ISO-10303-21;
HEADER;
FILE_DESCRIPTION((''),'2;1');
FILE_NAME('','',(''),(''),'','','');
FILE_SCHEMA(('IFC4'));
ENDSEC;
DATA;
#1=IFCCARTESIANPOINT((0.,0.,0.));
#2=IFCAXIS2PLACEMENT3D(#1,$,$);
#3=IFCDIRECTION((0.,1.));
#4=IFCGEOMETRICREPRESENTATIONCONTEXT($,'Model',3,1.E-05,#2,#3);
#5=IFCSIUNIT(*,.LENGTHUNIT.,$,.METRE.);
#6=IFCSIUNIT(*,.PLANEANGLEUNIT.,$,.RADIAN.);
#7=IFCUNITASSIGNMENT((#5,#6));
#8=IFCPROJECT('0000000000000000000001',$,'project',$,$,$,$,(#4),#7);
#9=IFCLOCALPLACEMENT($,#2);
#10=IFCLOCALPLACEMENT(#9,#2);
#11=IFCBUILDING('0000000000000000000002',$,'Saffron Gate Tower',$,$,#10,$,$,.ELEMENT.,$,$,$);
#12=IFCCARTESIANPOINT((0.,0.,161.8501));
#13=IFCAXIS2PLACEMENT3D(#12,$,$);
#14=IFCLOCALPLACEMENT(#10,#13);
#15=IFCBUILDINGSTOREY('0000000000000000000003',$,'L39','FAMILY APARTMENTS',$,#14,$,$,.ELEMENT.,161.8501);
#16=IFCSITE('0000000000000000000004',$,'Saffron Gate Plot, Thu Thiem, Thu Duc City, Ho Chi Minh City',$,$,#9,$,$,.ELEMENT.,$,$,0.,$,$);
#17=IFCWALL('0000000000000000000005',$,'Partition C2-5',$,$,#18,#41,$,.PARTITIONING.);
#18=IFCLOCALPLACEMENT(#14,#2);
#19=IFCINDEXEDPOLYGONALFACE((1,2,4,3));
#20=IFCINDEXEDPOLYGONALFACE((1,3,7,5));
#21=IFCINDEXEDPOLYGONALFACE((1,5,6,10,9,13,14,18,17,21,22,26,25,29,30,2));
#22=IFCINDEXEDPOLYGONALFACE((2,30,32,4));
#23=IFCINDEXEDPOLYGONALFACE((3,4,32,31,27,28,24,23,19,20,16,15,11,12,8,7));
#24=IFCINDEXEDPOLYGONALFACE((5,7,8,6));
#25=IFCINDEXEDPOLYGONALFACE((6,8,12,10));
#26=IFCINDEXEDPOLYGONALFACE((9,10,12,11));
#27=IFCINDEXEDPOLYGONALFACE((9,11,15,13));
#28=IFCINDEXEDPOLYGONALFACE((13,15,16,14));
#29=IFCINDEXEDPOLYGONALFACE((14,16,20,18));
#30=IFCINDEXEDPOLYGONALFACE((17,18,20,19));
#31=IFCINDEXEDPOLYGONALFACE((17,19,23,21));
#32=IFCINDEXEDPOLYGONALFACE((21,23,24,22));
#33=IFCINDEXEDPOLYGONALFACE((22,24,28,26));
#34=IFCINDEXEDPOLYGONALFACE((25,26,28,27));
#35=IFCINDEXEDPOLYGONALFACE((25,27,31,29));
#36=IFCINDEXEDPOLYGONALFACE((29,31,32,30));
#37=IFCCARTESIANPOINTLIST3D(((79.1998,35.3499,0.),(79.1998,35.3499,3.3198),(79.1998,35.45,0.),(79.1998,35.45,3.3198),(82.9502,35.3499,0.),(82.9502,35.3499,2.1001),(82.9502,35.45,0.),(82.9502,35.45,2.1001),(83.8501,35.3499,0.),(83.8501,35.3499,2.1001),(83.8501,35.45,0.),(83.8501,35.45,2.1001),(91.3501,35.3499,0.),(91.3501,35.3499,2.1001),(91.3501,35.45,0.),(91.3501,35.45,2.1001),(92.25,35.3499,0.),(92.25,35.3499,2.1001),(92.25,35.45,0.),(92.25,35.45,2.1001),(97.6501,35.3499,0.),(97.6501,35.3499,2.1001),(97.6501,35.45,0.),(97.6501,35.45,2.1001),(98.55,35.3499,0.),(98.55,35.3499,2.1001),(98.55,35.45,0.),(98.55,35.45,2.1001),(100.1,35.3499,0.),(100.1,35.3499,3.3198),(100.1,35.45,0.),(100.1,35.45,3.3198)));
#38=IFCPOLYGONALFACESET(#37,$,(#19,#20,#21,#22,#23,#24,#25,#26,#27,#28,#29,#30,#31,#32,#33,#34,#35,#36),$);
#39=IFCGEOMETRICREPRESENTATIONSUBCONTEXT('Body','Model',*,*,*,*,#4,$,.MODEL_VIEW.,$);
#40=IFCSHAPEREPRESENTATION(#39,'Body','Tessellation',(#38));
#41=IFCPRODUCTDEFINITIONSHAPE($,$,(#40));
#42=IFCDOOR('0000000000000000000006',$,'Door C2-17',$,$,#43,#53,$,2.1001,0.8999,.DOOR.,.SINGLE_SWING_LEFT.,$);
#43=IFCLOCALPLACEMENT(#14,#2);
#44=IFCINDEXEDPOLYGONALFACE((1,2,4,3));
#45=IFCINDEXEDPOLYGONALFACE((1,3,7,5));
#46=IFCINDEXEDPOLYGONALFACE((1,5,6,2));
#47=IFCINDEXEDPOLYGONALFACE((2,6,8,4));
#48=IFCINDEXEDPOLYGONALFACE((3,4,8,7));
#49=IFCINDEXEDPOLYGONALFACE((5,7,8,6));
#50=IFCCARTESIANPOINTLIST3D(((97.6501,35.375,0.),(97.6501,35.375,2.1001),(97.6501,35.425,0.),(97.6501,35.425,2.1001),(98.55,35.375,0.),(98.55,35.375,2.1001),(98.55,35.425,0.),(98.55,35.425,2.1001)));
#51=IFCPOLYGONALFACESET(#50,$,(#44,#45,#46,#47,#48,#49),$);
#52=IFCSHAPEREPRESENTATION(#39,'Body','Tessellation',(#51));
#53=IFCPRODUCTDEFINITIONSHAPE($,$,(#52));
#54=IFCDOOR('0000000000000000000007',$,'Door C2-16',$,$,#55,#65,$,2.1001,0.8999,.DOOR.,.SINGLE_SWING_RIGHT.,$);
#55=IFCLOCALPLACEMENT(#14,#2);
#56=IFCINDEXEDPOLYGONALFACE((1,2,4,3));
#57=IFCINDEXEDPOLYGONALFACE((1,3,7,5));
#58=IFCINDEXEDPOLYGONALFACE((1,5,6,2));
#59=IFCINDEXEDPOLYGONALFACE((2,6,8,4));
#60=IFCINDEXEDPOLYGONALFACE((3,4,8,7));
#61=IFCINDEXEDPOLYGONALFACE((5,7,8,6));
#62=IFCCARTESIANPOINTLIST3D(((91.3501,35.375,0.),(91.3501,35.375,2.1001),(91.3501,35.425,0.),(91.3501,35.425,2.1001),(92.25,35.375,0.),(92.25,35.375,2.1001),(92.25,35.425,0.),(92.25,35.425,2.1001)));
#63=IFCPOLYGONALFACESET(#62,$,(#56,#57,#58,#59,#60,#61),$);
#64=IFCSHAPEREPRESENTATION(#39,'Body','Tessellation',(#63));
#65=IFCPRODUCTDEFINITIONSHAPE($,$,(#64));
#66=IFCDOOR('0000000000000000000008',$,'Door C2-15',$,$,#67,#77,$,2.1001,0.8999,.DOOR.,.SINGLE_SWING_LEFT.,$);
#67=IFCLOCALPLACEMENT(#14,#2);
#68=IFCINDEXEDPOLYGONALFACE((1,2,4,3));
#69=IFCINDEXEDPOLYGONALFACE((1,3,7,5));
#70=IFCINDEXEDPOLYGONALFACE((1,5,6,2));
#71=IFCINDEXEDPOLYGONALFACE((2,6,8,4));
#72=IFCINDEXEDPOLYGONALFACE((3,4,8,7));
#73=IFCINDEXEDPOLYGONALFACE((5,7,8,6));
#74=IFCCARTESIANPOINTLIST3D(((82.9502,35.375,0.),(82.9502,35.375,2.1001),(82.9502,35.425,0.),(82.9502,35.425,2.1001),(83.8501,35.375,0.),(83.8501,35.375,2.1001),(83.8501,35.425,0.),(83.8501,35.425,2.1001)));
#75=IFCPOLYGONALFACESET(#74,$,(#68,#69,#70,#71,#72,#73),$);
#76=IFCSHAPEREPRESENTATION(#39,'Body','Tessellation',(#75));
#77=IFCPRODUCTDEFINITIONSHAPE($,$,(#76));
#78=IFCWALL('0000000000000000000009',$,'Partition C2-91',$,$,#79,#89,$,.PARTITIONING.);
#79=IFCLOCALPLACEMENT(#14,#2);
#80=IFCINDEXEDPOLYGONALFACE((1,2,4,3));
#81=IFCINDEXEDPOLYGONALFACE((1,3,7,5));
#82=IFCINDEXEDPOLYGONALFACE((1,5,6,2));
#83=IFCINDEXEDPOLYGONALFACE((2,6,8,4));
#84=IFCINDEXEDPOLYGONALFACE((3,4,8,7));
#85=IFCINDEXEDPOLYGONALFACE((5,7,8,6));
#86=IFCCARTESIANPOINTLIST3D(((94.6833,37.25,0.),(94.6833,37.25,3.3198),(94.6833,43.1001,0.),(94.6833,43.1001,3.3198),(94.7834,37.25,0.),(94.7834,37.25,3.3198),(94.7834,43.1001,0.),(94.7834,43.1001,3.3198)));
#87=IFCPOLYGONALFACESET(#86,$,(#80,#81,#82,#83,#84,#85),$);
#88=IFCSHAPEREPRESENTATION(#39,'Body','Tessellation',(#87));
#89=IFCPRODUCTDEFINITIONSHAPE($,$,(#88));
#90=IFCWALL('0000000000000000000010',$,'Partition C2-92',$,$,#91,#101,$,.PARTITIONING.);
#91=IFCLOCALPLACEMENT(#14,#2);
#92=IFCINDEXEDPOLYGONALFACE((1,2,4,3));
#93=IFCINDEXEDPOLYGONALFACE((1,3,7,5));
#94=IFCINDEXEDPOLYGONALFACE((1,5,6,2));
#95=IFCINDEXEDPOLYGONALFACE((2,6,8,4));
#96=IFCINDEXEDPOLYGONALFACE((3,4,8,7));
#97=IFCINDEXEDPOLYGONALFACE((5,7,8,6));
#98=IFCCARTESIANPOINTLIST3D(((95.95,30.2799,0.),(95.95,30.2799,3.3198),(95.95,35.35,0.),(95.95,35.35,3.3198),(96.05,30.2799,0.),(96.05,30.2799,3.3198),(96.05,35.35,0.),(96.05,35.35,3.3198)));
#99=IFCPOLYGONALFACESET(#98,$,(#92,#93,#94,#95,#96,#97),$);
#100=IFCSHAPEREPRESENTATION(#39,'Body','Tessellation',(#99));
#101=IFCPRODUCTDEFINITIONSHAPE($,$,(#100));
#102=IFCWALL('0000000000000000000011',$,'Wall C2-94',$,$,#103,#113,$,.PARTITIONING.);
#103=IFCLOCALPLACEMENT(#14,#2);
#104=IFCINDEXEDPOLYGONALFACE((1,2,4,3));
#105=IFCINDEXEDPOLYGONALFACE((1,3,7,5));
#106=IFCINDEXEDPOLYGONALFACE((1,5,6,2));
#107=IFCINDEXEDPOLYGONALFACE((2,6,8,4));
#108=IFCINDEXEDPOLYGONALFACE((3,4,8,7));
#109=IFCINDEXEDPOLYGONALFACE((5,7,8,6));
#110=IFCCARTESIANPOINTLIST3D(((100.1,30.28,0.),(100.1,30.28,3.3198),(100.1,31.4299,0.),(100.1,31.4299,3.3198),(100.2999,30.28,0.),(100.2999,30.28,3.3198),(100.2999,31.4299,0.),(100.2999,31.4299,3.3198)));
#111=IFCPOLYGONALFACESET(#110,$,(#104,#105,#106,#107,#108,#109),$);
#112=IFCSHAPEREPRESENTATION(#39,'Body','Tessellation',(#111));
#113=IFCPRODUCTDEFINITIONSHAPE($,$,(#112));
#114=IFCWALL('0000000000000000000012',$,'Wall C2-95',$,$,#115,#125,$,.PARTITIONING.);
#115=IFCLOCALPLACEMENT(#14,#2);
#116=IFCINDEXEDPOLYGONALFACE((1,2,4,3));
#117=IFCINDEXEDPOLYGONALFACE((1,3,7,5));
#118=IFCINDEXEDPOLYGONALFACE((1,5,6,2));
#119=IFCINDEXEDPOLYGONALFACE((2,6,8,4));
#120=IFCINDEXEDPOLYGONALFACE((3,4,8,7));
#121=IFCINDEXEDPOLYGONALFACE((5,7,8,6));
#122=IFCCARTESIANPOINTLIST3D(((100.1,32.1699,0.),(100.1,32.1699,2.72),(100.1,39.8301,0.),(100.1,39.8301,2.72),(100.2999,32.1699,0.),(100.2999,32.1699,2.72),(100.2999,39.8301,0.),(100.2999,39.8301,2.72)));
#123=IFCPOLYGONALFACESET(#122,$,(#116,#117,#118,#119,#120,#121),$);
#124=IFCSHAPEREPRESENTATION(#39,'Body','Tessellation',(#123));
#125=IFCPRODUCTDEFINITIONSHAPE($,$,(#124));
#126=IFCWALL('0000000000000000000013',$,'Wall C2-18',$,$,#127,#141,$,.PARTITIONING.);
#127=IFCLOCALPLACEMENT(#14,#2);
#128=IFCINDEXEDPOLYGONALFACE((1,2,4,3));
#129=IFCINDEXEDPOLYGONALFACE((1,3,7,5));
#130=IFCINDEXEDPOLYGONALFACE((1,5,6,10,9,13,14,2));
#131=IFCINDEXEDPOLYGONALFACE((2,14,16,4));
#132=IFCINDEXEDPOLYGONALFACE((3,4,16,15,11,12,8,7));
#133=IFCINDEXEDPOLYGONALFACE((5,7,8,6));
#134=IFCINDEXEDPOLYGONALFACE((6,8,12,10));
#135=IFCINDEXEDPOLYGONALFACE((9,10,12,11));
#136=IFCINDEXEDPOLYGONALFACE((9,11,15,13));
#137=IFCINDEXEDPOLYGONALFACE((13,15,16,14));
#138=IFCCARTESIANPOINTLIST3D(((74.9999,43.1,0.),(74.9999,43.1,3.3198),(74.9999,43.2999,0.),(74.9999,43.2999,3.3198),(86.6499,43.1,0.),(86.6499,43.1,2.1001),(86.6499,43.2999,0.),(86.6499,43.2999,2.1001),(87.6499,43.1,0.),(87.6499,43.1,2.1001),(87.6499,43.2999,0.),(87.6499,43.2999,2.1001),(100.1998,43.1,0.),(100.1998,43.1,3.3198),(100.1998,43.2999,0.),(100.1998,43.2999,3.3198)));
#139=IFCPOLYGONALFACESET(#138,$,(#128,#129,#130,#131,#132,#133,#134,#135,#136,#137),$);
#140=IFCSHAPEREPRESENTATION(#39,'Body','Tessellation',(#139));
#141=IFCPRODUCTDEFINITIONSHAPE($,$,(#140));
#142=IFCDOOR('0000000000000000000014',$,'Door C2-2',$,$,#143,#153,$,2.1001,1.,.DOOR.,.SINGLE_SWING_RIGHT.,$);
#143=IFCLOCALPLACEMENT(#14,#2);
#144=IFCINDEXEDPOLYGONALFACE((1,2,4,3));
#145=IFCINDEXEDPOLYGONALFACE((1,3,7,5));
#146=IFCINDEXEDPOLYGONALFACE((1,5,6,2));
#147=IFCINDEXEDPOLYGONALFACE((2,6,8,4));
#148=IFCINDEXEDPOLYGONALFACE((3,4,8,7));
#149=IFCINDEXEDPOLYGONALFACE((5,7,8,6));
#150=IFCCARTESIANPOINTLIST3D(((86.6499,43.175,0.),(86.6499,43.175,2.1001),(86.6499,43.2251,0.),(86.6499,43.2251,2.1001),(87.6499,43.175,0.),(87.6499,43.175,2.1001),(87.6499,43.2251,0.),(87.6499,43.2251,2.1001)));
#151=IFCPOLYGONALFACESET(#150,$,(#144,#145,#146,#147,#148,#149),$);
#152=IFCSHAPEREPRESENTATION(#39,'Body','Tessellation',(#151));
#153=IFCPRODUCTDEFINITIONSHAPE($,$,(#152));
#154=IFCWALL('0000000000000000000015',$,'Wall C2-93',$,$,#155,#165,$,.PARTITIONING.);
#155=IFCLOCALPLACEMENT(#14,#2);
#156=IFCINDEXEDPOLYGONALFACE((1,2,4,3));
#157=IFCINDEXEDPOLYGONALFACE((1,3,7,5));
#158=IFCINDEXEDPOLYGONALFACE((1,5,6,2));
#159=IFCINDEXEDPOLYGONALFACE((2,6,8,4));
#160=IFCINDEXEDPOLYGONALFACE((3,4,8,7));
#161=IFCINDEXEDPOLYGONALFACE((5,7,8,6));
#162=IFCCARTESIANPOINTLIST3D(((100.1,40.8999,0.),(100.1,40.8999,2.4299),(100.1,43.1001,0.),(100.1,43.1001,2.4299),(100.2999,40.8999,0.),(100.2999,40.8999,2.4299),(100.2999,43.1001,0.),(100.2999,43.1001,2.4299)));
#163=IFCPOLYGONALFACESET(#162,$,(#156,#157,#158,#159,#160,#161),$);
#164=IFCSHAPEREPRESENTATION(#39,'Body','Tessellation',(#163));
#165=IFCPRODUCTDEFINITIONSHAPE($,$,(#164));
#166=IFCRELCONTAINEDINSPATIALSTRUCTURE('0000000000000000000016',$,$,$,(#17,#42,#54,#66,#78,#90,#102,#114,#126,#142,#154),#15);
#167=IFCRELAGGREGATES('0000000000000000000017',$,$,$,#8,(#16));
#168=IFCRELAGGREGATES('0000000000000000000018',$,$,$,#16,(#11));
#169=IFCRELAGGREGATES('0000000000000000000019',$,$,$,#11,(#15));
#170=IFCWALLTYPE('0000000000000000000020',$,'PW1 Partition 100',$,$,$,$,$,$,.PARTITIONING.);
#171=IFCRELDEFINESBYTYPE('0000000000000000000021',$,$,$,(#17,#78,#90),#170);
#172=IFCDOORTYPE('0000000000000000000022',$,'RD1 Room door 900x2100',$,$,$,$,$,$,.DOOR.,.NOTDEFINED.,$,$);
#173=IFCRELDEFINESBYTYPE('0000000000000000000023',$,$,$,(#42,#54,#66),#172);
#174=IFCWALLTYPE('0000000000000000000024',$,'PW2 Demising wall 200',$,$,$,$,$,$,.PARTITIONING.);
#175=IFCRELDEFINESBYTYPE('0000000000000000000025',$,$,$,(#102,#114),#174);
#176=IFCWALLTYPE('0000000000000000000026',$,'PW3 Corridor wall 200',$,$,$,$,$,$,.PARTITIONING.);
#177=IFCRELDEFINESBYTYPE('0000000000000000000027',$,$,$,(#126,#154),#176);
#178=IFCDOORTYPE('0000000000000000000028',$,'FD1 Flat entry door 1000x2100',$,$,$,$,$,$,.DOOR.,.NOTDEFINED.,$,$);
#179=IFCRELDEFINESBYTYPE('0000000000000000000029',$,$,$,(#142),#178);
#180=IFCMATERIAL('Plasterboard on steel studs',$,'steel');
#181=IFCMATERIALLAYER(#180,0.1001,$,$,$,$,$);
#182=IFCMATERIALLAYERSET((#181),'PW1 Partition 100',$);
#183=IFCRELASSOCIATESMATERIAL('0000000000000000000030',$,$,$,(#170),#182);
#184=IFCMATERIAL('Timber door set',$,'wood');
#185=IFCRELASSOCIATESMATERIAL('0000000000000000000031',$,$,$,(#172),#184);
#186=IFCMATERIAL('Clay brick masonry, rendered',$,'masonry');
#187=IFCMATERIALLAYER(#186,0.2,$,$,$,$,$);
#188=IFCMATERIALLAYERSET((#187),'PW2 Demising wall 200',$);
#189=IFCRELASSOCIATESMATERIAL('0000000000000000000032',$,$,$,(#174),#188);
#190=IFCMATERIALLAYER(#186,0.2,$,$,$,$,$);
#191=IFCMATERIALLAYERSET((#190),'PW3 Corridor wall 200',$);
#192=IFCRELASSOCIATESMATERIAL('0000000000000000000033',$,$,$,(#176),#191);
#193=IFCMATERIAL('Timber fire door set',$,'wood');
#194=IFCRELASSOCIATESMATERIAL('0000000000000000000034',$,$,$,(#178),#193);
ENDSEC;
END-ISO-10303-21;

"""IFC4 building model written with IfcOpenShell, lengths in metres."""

from ifc_helpers import new_model, si_unit, direction, frame, frame_2d, origin, place, context, subcontext, project, spatial, rectangle, extrude, material, layer, layer_set, type_object, element, fill, save


model = new_model("IFC4")

# Units and contexts
model_context = context("Model", 3, precision=1e-05, world=origin(), true_north=direction((0.0, 1.0)))
body_context = subcontext(model_context, "Body", "Model", "MODEL_VIEW")
ifc_project = project(units=[si_unit("LENGTHUNIT", "METRE"), si_unit("PLANEANGLEUNIT", "RADIAN")], contexts=[model_context])

# Site, building, storey
site_placement = place(None, origin())
site = spatial("IfcSite", under=ifc_project, at=site_placement, Name="Saffron Gate Plot, Thu Thiem, Thu Duc City, Ho Chi Minh City", CompositionType="ELEMENT", RefElevation=0.0)
building_placement = place(site_placement, origin())
building = spatial("IfcBuilding", under=site, at=building_placement, Name="Saffron Gate Tower", CompositionType="ELEMENT")
storey_placement = place(building_placement, frame((0.0, 0.0, 161.8501)))
storey = spatial("IfcBuildingStorey", under=building, at=storey_placement, Name="L39", Description="FAMILY APARTMENTS", CompositionType="ELEMENT", Elevation=161.8501)

# Wall, openings, doors
ifc_material_1 = material(Name="Plasterboard on steel studs", Category="steel")
ifc_layer_1 = layer(ifc_material_1, 0.1001)
ifc_layer_set_1 = layer_set([ifc_layer_1], Name="PW1 Partition 100")
wall_type_1 = type_object("IfcWallType", Name="PW1 Partition 100", PredefinedType="PARTITIONING", material=ifc_layer_set_1)
wall_1_placement = place(storey_placement, frame((100.1001, 35.3999, 0.0), z_axis=(0.0, 0.0, 1.0), x_axis=(-1.0, 0.0, 0.0)))
wall_1 = element("IfcWall", 1, at=wall_1_placement, inside=storey, type_object=wall_type_1, Name="Partition C2-5", PredefinedType="PARTITIONING", context=body_context, shape_type="SweptSolid", body=[
    extrude(rectangle(XDim=20.9001, YDim=0.1001, at=frame_2d((10.4502, 0.0))), origin(), (0.0, 0.0, 1.0), 3.3198),
])
opening_1_placement = place(wall_1_placement, frame((1.55, 0.0, 0.0)))
opening_1 = element("IfcOpeningElement", 2, at=opening_1_placement, cuts=wall_1, PredefinedType="OPENING", context=body_context, shape_type="SweptSolid", body=[
    extrude(rectangle(XDim=0.8999, YDim=2.1001, at=frame_2d((0.45, 1.05))), frame((0.0, 0.0601, 0.0), z_axis=(0.0, -1.0, 0.0), x_axis=(1.0, 0.0, 0.0)), (0.0, 0.0, 1.0), 0.1201),
])
opening_2_placement = place(wall_1_placement, frame((7.8501, 0.0, 0.0)))
opening_2 = element("IfcOpeningElement", 3, at=opening_2_placement, cuts=wall_1, PredefinedType="OPENING", context=body_context, shape_type="SweptSolid", body=[
    extrude(rectangle(XDim=0.8999, YDim=2.1001, at=frame_2d((0.45, 1.05))), frame((0.0, 0.0601, 0.0), z_axis=(0.0, -1.0, 0.0), x_axis=(1.0, 0.0, 0.0)), (0.0, 0.0, 1.0), 0.1201),
])
opening_3_placement = place(wall_1_placement, frame((16.25, 0.0, 0.0)))
opening_3 = element("IfcOpeningElement", 4, at=opening_3_placement, cuts=wall_1, PredefinedType="OPENING", context=body_context, shape_type="SweptSolid", body=[
    extrude(rectangle(XDim=0.8999, YDim=2.1001, at=frame_2d((0.45, 1.05))), frame((0.0, 0.0601, 0.0), z_axis=(0.0, -1.0, 0.0), x_axis=(1.0, 0.0, 0.0)), (0.0, 0.0, 1.0), 0.1201),
])
ifc_material_2 = material(Name="Timber door set", Category="wood")
door_type_1 = type_object("IfcDoorType", Name="RD1 Room door 900x2100", OperationType="NOTDEFINED", PredefinedType="DOOR", material=ifc_material_2)
door_1_placement = place(opening_1_placement, origin())
door_1 = element("IfcDoor", 5, at=door_1_placement, inside=storey, type_object=door_type_1, Name="Door C2-17", OperationType="SINGLE_SWING_LEFT", OverallHeight=2.1001, OverallWidth=0.8999, PredefinedType="DOOR", context=body_context, shape_type="SweptSolid", body=[
    extrude(rectangle(XDim=0.8999, YDim=2.1001, at=frame_2d((0.45, 1.05))), frame((0.0, 0.0249, 0.0), z_axis=(0.0, -1.0, 0.0), x_axis=(1.0, 0.0, 0.0)), (0.0, 0.0, 1.0), 0.05),
])
fill(opening_1, door_1)
door_2_placement = place(opening_2_placement, origin())
door_2 = element("IfcDoor", 6, at=door_2_placement, inside=storey, type_object=door_type_1, Name="Door C2-16", OperationType="SINGLE_SWING_RIGHT", OverallHeight=2.1001, OverallWidth=0.8999, PredefinedType="DOOR", context=body_context, shape_type="SweptSolid", body=[
    extrude(rectangle(XDim=0.8999, YDim=2.1001, at=frame_2d((0.45, 1.05))), frame((0.0, 0.0249, 0.0), z_axis=(0.0, -1.0, 0.0), x_axis=(1.0, 0.0, 0.0)), (0.0, 0.0, 1.0), 0.05),
])
fill(opening_2, door_2)
door_3_placement = place(opening_3_placement, origin())
door_3 = element("IfcDoor", 7, at=door_3_placement, inside=storey, type_object=door_type_1, Name="Door C2-15", OperationType="SINGLE_SWING_LEFT", OverallHeight=2.1001, OverallWidth=0.8999, PredefinedType="DOOR", context=body_context, shape_type="SweptSolid", body=[
    extrude(rectangle(XDim=0.8999, YDim=2.1001, at=frame_2d((0.45, 1.05))), frame((0.0, 0.0249, 0.0), z_axis=(0.0, -1.0, 0.0), x_axis=(1.0, 0.0, 0.0)), (0.0, 0.0, 1.0), 0.05),
])
fill(opening_3, door_3)

# Walls
wall_2_placement = place(storey_placement, frame((94.7334, 43.1001, 0.0), z_axis=(0.0, 0.0, 1.0), x_axis=(0.0, -1.0, 0.0)))
element("IfcWall", 8, at=wall_2_placement, inside=storey, type_object=wall_type_1, Name="Partition C2-91", PredefinedType="PARTITIONING", context=body_context, shape_type="SweptSolid", body=[
    extrude(rectangle(XDim=5.8501, YDim=0.1001, at=frame_2d((2.925, 0.0))), origin(), (0.0, 0.0, 1.0), 3.3198),
])
wall_3_placement = place(storey_placement, frame((96.0, 35.3501, 0.0), z_axis=(0.0, 0.0, 1.0), x_axis=(0.0, -1.0, 0.0)))
element("IfcWall", 9, at=wall_3_placement, inside=storey, type_object=wall_type_1, Name="Partition C2-92", PredefinedType="PARTITIONING", context=body_context, shape_type="SweptSolid", body=[
    extrude(rectangle(XDim=5.0701, YDim=0.1001, at=frame_2d((2.5352, 0.0))), origin(), (0.0, 0.0, 1.0), 3.3198),
])
ifc_material_3 = material(Name="Clay brick masonry, rendered", Category="masonry")
ifc_layer_2 = layer(ifc_material_3, 0.2)
ifc_layer_set_2 = layer_set([ifc_layer_2], Name="PW2 Demising wall 200")
wall_type_2 = type_object("IfcWallType", Name="PW2 Demising wall 200", PredefinedType="PARTITIONING", material=ifc_layer_set_2)
wall_4_placement = place(storey_placement, frame((100.2, 31.4299, 0.0), z_axis=(0.0, 0.0, 1.0), x_axis=(0.0, -1.0, 0.0)))
element("IfcWall", 10, at=wall_4_placement, inside=storey, type_object=wall_type_2, Name="Wall C2-94", PredefinedType="PARTITIONING", context=body_context, shape_type="SweptSolid", body=[
    extrude(rectangle(XDim=1.1499, YDim=0.2, at=frame_2d((0.575, 0.0))), origin(), (0.0, 0.0, 1.0), 3.3198),
])
wall_5_placement = place(storey_placement, frame((100.2, 39.8301, 0.0), z_axis=(0.0, 0.0, 1.0), x_axis=(0.0, -1.0, 0.0)))
element("IfcWall", 11, at=wall_5_placement, inside=storey, type_object=wall_type_2, Name="Wall C2-95", PredefinedType="PARTITIONING", context=body_context, shape_type="SweptSolid", body=[
    extrude(rectangle(XDim=7.6602, YDim=0.2, at=frame_2d((3.8301, 0.0))), origin(), (0.0, 0.0, 1.0), 2.72),
])

# Wall, opening, door
ifc_layer_3 = layer(ifc_material_3, 0.2)
ifc_layer_set_3 = layer_set([ifc_layer_3], Name="PW3 Corridor wall 200")
wall_type_3 = type_object("IfcWallType", Name="PW3 Corridor wall 200", PredefinedType="PARTITIONING", material=ifc_layer_set_3)
wall_6_placement = place(storey_placement, frame((100.2, 43.2, 0.0), z_axis=(0.0, 0.0, 1.0), x_axis=(-1.0, 0.0, 0.0)))
wall_6 = element("IfcWall", 12, at=wall_6_placement, inside=storey, type_object=wall_type_3, Name="Wall C2-18", PredefinedType="PARTITIONING", context=body_context, shape_type="SweptSolid", body=[
    extrude(rectangle(XDim=25.2, YDim=0.2, at=frame_2d((12.6001, 0.0))), origin(), (0.0, 0.0, 1.0), 3.3198),
])
opening_4_placement = place(wall_6_placement, frame((12.55, 0.0, 0.0)))
opening_4 = element("IfcOpeningElement", 13, at=opening_4_placement, cuts=wall_6, PredefinedType="OPENING", context=body_context, shape_type="SweptSolid", body=[
    extrude(rectangle(XDim=1.0, YDim=2.1001, at=frame_2d((0.5, 1.05))), frame((0.0, 0.1099, 0.0), z_axis=(0.0, -1.0, 0.0), x_axis=(1.0, 0.0, 0.0)), (0.0, 0.0, 1.0), 0.22),
])
ifc_material_4 = material(Name="Timber fire door set", Category="wood")
door_type_2 = type_object("IfcDoorType", Name="FD1 Flat entry door 1000x2100", OperationType="NOTDEFINED", PredefinedType="DOOR", material=ifc_material_4)
door_4_placement = place(opening_4_placement, origin())
door_4 = element("IfcDoor", 14, at=door_4_placement, inside=storey, type_object=door_type_2, Name="Door C2-2", OperationType="SINGLE_SWING_RIGHT", OverallHeight=2.1001, OverallWidth=1.0, PredefinedType="DOOR", context=body_context, shape_type="SweptSolid", body=[
    extrude(rectangle(XDim=1.0, YDim=2.1001, at=frame_2d((0.5, 1.05))), frame((0.0, 0.0249, 0.0), z_axis=(0.0, -1.0, 0.0), x_axis=(1.0, 0.0, 0.0)), (0.0, 0.0, 1.0), 0.05),
])
fill(opening_4, door_4)

# Wall
wall_7_placement = place(storey_placement, frame((100.2, 43.1001, 0.0), z_axis=(0.0, 0.0, 1.0), x_axis=(0.0, -1.0, 0.0)))
element("IfcWall", 15, at=wall_7_placement, inside=storey, type_object=wall_type_3, Name="Wall C2-93", PredefinedType="PARTITIONING", context=body_context, shape_type="SweptSolid", body=[
    extrude(rectangle(XDim=2.2002, YDim=0.2, at=frame_2d((1.1001, 0.0))), origin(), (0.0, 0.0, 1.0), 2.4299),
])

save(model, "model.ifc")
